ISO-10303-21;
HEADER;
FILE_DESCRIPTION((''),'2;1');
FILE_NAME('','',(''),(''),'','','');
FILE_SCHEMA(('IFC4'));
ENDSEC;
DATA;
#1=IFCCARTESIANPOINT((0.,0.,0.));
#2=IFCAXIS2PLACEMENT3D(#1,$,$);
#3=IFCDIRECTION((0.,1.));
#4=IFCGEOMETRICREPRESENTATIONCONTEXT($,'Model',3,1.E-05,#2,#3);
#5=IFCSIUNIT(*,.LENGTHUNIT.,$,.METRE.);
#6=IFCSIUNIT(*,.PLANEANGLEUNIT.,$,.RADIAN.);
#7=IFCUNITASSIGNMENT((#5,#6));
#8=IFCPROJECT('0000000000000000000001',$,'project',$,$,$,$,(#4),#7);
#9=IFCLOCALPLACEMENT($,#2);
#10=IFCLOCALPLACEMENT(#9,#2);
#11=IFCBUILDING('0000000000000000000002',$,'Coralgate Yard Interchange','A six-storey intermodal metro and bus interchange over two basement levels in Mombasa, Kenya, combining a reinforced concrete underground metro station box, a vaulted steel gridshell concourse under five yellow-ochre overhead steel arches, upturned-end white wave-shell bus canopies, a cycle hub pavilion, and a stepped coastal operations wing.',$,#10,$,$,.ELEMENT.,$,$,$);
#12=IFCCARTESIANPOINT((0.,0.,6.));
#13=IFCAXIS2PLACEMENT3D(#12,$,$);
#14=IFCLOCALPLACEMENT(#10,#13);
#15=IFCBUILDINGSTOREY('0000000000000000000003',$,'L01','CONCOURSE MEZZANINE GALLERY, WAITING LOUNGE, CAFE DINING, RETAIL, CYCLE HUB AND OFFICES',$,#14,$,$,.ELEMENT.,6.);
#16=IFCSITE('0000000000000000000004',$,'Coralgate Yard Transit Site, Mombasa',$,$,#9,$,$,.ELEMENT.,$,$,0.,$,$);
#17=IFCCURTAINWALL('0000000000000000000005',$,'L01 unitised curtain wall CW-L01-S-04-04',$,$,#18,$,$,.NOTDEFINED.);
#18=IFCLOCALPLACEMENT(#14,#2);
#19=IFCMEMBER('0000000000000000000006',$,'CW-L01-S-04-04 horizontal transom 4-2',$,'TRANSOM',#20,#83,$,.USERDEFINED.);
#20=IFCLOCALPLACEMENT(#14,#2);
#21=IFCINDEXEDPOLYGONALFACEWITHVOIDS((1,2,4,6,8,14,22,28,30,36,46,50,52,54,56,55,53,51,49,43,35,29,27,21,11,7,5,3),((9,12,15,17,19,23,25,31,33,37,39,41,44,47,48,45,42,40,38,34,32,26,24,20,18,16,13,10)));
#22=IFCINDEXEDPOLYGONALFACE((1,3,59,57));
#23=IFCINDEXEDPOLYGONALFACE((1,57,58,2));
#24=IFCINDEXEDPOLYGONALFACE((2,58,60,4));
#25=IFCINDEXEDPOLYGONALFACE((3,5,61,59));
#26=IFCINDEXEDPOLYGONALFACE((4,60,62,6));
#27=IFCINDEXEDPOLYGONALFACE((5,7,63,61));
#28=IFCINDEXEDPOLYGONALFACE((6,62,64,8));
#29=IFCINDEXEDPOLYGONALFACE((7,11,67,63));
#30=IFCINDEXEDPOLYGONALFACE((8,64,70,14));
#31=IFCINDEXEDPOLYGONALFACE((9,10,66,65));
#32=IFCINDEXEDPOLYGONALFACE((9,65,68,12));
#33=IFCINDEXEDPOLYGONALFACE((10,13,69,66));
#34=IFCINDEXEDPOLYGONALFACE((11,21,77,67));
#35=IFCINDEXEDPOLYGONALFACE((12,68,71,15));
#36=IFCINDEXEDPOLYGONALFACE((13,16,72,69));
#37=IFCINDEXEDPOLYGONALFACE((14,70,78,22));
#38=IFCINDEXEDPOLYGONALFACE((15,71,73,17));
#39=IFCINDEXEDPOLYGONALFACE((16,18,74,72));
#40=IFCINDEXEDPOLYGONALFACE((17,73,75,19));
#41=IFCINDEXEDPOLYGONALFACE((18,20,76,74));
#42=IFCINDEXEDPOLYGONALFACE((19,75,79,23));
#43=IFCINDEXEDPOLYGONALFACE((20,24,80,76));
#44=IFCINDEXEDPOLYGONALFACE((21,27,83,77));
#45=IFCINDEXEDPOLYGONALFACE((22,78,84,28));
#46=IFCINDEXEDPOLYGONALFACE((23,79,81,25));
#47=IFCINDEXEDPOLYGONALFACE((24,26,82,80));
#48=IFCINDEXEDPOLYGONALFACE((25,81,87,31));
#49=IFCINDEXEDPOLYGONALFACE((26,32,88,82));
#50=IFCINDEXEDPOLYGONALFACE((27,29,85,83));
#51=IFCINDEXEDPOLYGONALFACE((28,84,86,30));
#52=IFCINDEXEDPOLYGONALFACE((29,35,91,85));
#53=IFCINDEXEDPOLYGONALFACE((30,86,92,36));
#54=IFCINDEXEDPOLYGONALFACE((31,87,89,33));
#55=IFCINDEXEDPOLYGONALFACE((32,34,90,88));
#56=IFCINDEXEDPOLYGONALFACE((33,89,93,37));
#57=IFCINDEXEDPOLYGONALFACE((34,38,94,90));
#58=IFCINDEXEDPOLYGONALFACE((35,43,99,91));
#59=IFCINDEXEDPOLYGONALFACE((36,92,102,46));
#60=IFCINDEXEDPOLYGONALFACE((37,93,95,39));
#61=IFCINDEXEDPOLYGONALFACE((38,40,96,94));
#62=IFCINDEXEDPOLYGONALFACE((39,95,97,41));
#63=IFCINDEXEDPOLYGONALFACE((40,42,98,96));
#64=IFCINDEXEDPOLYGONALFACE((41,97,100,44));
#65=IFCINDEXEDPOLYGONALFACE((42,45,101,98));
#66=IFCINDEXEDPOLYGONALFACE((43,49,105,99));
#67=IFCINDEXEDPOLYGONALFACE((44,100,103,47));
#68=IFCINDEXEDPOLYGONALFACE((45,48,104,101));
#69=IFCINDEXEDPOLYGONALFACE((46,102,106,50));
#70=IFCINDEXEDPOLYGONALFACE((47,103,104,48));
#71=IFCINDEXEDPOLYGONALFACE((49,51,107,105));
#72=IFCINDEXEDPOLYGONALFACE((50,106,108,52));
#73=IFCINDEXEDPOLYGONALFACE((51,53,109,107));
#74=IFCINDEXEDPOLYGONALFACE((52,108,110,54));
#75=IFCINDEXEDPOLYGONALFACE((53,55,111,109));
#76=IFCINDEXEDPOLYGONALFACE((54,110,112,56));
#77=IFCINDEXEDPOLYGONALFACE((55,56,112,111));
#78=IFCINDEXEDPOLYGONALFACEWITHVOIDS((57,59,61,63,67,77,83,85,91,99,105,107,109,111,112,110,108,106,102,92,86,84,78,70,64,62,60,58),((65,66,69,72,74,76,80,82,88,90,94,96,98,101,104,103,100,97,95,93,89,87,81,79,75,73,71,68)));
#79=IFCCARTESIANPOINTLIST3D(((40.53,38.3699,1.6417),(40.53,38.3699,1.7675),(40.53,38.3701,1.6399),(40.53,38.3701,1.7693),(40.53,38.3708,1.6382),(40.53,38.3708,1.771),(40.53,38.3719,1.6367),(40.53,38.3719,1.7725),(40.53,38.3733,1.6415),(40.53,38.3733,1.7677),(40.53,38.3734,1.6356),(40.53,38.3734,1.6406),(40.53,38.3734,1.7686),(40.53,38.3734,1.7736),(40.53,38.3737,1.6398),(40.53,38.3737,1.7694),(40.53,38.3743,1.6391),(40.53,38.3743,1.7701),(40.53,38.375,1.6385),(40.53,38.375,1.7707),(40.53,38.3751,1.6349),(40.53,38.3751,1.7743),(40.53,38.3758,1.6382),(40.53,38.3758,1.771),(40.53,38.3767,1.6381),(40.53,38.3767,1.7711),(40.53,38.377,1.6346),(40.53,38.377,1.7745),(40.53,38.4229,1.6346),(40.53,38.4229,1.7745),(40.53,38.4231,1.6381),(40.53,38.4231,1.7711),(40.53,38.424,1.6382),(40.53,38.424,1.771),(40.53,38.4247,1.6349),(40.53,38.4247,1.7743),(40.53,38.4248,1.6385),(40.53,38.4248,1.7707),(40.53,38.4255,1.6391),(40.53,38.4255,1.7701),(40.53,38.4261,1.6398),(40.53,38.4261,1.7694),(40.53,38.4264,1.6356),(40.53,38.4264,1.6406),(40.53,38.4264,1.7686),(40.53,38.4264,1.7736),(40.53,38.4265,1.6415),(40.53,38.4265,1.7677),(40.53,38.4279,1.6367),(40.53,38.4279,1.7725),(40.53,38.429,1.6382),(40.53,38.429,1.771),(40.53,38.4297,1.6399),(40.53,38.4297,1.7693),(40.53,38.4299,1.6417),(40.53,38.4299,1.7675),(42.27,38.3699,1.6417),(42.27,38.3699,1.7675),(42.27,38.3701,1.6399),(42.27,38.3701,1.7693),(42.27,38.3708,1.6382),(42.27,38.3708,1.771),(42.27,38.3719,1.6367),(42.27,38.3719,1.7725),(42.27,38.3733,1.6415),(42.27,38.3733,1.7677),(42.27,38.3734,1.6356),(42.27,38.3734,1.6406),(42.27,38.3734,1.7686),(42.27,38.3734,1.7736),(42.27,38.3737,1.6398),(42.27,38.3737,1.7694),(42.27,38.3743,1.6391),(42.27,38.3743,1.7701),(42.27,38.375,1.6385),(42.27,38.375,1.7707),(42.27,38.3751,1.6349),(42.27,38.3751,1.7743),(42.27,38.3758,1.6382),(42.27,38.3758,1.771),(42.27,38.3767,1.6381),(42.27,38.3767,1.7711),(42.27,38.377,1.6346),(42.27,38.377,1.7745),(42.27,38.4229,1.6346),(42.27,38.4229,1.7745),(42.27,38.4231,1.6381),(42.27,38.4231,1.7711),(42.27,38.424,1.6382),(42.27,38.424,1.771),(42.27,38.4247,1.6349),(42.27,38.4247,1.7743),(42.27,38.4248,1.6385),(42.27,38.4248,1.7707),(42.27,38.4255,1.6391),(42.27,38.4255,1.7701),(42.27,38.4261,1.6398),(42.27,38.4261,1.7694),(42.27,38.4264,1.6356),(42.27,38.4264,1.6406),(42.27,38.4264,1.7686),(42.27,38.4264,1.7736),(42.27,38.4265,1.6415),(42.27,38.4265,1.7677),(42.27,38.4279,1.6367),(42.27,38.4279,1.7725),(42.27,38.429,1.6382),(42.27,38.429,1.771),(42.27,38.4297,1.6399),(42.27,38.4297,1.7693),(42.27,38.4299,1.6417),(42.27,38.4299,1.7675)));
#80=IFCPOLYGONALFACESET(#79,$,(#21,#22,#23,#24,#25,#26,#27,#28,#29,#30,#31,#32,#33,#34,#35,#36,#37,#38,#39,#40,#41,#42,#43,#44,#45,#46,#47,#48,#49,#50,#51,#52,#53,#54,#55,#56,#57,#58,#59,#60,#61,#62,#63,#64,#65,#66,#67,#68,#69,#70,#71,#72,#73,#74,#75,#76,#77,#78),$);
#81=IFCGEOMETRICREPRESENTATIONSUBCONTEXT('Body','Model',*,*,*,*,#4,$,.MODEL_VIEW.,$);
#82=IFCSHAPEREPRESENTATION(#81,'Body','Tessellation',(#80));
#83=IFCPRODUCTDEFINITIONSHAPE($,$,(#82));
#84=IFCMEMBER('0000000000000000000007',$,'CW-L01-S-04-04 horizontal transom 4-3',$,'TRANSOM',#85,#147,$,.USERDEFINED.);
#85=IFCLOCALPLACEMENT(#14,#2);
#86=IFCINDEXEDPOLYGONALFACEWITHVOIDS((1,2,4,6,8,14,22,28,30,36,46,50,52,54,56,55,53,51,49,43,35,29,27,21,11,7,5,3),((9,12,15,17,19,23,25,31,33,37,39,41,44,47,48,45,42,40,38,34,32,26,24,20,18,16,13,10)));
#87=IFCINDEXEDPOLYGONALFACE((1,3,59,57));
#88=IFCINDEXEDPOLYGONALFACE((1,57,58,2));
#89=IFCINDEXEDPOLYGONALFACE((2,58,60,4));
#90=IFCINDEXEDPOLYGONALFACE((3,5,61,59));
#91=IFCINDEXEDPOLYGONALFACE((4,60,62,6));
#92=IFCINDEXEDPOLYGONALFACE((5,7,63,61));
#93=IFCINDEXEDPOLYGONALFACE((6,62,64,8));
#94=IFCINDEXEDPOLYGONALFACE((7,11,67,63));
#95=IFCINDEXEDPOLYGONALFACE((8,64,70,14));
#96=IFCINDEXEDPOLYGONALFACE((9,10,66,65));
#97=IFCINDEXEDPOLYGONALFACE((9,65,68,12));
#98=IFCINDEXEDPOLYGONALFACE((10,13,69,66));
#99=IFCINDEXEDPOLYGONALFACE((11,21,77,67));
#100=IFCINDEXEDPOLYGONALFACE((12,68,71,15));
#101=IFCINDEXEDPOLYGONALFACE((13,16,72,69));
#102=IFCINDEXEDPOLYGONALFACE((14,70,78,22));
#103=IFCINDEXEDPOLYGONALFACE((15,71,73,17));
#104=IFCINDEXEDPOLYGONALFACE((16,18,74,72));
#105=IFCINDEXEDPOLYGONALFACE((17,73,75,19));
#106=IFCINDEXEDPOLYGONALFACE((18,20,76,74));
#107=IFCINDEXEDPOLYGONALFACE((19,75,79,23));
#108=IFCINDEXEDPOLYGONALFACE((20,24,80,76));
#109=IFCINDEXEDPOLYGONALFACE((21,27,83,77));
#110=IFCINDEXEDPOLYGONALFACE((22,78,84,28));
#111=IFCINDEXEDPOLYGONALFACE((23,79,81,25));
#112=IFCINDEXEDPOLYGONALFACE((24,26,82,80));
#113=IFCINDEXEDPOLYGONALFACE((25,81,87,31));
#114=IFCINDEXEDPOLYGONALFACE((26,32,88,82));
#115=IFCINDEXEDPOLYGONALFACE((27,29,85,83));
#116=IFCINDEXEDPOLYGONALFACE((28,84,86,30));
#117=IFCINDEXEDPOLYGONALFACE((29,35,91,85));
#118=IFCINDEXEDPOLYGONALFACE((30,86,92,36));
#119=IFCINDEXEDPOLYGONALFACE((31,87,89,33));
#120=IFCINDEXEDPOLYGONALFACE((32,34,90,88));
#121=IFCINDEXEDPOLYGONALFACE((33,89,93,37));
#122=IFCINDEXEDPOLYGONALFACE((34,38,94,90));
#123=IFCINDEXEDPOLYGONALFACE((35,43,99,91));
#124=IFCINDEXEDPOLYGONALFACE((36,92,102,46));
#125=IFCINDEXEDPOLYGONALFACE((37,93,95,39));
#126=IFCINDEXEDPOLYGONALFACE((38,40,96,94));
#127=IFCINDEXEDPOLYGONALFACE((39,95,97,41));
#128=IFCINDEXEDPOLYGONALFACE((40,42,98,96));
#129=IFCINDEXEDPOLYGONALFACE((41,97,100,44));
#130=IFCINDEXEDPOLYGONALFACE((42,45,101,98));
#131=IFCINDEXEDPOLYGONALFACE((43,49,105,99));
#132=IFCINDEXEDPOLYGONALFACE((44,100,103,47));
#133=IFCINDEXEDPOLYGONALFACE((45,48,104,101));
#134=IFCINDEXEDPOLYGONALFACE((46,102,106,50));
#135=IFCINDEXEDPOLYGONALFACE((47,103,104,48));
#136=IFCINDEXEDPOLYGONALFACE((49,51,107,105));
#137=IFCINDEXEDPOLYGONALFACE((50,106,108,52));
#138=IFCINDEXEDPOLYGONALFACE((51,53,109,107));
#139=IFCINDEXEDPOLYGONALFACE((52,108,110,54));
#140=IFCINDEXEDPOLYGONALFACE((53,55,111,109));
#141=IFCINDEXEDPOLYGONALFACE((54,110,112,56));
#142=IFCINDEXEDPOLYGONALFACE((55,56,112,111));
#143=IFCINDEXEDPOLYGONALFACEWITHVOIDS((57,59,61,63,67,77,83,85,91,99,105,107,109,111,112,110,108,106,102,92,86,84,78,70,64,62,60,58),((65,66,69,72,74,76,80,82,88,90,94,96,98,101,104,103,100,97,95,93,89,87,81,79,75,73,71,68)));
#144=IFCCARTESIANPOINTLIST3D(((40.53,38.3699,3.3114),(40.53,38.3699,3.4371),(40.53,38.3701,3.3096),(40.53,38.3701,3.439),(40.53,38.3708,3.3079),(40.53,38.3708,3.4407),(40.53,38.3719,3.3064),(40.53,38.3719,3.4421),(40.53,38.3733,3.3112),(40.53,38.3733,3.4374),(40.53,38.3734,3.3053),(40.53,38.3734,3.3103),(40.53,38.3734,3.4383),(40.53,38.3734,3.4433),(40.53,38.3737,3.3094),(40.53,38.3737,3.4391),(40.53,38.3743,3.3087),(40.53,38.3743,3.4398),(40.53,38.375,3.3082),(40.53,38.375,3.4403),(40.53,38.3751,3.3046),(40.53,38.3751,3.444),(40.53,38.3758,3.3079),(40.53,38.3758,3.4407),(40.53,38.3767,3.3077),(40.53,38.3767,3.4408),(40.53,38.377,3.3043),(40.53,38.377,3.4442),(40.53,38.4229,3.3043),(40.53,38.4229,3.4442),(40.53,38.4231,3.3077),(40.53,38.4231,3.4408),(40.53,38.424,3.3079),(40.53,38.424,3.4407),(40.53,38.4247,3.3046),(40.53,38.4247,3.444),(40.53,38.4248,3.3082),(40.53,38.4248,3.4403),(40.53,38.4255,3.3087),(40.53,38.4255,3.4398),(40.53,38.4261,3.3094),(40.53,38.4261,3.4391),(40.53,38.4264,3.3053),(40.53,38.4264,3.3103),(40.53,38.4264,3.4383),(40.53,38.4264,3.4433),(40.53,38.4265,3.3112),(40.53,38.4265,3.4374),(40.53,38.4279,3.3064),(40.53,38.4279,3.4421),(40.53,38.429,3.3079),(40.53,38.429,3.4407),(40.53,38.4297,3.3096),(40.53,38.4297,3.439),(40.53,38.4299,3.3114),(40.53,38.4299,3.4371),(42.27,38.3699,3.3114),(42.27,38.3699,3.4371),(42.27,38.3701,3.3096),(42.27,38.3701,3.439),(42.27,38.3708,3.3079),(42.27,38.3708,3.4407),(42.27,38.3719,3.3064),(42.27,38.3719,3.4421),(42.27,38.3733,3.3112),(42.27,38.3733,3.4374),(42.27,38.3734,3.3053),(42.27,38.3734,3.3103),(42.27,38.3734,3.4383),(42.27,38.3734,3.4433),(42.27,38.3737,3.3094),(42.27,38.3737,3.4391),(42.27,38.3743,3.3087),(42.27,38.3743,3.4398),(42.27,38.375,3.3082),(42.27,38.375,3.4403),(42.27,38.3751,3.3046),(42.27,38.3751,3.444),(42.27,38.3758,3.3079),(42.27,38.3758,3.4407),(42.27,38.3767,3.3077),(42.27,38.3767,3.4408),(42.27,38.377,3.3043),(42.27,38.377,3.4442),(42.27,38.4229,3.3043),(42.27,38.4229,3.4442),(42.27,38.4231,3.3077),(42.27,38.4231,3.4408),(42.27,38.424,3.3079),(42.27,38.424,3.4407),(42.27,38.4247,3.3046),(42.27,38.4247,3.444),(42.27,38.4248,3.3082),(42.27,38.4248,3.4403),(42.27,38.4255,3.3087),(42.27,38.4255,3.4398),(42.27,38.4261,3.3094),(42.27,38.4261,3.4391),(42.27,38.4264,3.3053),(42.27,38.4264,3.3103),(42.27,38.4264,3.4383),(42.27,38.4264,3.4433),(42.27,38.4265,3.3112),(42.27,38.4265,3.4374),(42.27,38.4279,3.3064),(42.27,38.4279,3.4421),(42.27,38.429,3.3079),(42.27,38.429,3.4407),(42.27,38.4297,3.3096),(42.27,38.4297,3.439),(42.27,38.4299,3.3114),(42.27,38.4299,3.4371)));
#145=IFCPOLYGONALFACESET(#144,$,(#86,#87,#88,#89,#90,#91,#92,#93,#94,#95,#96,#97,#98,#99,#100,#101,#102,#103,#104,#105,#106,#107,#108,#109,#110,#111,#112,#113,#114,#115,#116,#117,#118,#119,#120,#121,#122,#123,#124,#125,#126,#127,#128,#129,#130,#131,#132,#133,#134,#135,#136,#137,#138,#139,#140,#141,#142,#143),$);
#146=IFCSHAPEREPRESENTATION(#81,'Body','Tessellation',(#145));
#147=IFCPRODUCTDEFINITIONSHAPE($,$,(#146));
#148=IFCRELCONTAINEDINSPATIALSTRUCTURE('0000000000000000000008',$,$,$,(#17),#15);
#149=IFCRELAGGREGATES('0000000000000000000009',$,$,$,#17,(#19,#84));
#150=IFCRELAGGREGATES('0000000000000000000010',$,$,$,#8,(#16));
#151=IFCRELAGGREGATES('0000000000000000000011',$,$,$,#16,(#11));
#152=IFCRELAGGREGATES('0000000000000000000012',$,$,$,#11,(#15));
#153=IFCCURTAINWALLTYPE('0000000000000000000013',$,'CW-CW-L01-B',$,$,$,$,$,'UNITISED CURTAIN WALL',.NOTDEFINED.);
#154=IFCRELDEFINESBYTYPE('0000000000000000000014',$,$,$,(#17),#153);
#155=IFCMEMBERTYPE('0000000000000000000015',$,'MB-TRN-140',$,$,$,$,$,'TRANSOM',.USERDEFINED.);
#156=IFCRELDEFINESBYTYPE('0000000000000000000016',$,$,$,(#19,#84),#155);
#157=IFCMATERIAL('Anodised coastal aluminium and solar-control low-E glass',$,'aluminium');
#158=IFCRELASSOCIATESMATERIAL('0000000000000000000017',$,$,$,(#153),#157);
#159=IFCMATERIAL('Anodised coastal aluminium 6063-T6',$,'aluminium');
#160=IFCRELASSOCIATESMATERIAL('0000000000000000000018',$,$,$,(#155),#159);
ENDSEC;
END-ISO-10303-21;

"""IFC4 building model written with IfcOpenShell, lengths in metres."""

from ifc_helpers import new_model, si_unit, direction, frame, origin, origin_2d, place, context, subcontext, project, spatial, hollow_rectangle, extrude, material, material_profile, profile_set, type_object, element, aggregate, save


model = new_model("IFC4")

# Units and contexts
model_context = context("Model", 3, precision=1e-05, world=origin(), true_north=direction((0.0, 1.0)))
body_context = subcontext(model_context, "Body", "Model", "MODEL_VIEW")
ifc_project = project(units=[si_unit("LENGTHUNIT", "METRE"), si_unit("PLANEANGLEUNIT", "RADIAN")], contexts=[model_context])

# Site, building, storey
site_placement = place(None, origin())
site = spatial("IfcSite", under=ifc_project, at=site_placement, Name="Coralgate Yard Transit Site, Mombasa", CompositionType="ELEMENT", RefElevation=0.0)
building_placement = place(site_placement, origin())
building = spatial("IfcBuilding", under=site, at=building_placement, Name="Coralgate Yard Interchange", Description="A six-storey intermodal metro and bus interchange over two basement levels in Mombasa, Kenya, combining a reinforced concrete underground metro station box, a vaulted steel gridshell concourse under five yellow-ochre overhead steel arches, upturned-end white wave-shell bus canopies, a cycle hub pavilion, and a stepped coastal operations wing.", CompositionType="ELEMENT")
storey_placement = place(building_placement, frame((0.0, 0.0, 6.0)))
storey = spatial("IfcBuildingStorey", under=building, at=storey_placement, Name="L01", Description="CONCOURSE MEZZANINE GALLERY, WAITING LOUNGE, CAFE DINING, RETAIL, CYCLE HUB AND OFFICES", CompositionType="ELEMENT", Elevation=6.0)

# Shared definitions
ifc_material_1 = material(Name="Anodised coastal aluminium and solar-control low-E glass", Category="aluminium")
curtain_wall_type_1 = type_object("IfcCurtainWallType", Name="CW-CW-L01-B", ElementType="UNITISED CURTAIN WALL", PredefinedType="NOTDEFINED", material=ifc_material_1)
ifc_material_2 = material(Name="Anodised coastal aluminium 6063-T6", Category="aluminium")

# Curtain wall
curtain_wall_1_placement = place(storey_placement, origin())
curtain_wall_1 = element("IfcCurtainWall", 1, at=curtain_wall_1_placement, inside=storey, type_object=curtain_wall_type_1, Name="L01 unitised curtain wall CW-L01-S-04-04", PredefinedType="NOTDEFINED")

# Members
ifc_material_profile_1 = material_profile(ifc_material_2, hollow_rectangle(XDim=0.0601, YDim=0.1399, WallThickness=0.0034, InnerFilletRadius=0.0034, OuterFilletRadius=0.0071, at=origin_2d()), Name="ALU 60x140x3.5")
ifc_profile_set_1 = profile_set([ifc_material_profile_1], Name="Anodised coastal aluminium 6063-T6")
member_type_1 = type_object("IfcMemberType", Name="MB-TRN-140", ElementType="TRANSOM", PredefinedType="USERDEFINED", material=ifc_profile_set_1)
member_1_placement = place(storey_placement, frame((42.27, 38.3999, 1.7046), z_axis=(-1.0, 0.0, 0.0), x_axis=(0.0, -1.0, 0.0)))
member_1 = element("IfcMember", 2, at=member_1_placement, type_object=member_type_1, Name="CW-L01-S-04-04 horizontal transom 4-2", ObjectType="TRANSOM", PredefinedType="USERDEFINED", context=body_context, shape_type="SweptSolid", body=[
    extrude(hollow_rectangle(XDim=0.0601, YDim=0.1399, WallThickness=0.0034, InnerFilletRadius=0.0034, OuterFilletRadius=0.0071, at=origin_2d()), origin(), (0.0, 0.0, 1.0), 1.74),
])
member_2_placement = place(storey_placement, frame((42.27, 38.3999, 3.3743), z_axis=(-1.0, 0.0, 0.0), x_axis=(0.0, -1.0, 0.0)))
member_2 = element("IfcMember", 3, at=member_2_placement, type_object=member_type_1, Name="CW-L01-S-04-04 horizontal transom 4-3", ObjectType="TRANSOM", PredefinedType="USERDEFINED", context=body_context, shape_type="SweptSolid", body=[
    extrude(hollow_rectangle(XDim=0.0601, YDim=0.1399, WallThickness=0.0034, InnerFilletRadius=0.0034, OuterFilletRadius=0.0071, at=origin_2d()), origin(), (0.0, 0.0, 1.0), 1.74),
])

aggregate(curtain_wall_1, [member_1, member_2])

save(model, "model.ifc")
